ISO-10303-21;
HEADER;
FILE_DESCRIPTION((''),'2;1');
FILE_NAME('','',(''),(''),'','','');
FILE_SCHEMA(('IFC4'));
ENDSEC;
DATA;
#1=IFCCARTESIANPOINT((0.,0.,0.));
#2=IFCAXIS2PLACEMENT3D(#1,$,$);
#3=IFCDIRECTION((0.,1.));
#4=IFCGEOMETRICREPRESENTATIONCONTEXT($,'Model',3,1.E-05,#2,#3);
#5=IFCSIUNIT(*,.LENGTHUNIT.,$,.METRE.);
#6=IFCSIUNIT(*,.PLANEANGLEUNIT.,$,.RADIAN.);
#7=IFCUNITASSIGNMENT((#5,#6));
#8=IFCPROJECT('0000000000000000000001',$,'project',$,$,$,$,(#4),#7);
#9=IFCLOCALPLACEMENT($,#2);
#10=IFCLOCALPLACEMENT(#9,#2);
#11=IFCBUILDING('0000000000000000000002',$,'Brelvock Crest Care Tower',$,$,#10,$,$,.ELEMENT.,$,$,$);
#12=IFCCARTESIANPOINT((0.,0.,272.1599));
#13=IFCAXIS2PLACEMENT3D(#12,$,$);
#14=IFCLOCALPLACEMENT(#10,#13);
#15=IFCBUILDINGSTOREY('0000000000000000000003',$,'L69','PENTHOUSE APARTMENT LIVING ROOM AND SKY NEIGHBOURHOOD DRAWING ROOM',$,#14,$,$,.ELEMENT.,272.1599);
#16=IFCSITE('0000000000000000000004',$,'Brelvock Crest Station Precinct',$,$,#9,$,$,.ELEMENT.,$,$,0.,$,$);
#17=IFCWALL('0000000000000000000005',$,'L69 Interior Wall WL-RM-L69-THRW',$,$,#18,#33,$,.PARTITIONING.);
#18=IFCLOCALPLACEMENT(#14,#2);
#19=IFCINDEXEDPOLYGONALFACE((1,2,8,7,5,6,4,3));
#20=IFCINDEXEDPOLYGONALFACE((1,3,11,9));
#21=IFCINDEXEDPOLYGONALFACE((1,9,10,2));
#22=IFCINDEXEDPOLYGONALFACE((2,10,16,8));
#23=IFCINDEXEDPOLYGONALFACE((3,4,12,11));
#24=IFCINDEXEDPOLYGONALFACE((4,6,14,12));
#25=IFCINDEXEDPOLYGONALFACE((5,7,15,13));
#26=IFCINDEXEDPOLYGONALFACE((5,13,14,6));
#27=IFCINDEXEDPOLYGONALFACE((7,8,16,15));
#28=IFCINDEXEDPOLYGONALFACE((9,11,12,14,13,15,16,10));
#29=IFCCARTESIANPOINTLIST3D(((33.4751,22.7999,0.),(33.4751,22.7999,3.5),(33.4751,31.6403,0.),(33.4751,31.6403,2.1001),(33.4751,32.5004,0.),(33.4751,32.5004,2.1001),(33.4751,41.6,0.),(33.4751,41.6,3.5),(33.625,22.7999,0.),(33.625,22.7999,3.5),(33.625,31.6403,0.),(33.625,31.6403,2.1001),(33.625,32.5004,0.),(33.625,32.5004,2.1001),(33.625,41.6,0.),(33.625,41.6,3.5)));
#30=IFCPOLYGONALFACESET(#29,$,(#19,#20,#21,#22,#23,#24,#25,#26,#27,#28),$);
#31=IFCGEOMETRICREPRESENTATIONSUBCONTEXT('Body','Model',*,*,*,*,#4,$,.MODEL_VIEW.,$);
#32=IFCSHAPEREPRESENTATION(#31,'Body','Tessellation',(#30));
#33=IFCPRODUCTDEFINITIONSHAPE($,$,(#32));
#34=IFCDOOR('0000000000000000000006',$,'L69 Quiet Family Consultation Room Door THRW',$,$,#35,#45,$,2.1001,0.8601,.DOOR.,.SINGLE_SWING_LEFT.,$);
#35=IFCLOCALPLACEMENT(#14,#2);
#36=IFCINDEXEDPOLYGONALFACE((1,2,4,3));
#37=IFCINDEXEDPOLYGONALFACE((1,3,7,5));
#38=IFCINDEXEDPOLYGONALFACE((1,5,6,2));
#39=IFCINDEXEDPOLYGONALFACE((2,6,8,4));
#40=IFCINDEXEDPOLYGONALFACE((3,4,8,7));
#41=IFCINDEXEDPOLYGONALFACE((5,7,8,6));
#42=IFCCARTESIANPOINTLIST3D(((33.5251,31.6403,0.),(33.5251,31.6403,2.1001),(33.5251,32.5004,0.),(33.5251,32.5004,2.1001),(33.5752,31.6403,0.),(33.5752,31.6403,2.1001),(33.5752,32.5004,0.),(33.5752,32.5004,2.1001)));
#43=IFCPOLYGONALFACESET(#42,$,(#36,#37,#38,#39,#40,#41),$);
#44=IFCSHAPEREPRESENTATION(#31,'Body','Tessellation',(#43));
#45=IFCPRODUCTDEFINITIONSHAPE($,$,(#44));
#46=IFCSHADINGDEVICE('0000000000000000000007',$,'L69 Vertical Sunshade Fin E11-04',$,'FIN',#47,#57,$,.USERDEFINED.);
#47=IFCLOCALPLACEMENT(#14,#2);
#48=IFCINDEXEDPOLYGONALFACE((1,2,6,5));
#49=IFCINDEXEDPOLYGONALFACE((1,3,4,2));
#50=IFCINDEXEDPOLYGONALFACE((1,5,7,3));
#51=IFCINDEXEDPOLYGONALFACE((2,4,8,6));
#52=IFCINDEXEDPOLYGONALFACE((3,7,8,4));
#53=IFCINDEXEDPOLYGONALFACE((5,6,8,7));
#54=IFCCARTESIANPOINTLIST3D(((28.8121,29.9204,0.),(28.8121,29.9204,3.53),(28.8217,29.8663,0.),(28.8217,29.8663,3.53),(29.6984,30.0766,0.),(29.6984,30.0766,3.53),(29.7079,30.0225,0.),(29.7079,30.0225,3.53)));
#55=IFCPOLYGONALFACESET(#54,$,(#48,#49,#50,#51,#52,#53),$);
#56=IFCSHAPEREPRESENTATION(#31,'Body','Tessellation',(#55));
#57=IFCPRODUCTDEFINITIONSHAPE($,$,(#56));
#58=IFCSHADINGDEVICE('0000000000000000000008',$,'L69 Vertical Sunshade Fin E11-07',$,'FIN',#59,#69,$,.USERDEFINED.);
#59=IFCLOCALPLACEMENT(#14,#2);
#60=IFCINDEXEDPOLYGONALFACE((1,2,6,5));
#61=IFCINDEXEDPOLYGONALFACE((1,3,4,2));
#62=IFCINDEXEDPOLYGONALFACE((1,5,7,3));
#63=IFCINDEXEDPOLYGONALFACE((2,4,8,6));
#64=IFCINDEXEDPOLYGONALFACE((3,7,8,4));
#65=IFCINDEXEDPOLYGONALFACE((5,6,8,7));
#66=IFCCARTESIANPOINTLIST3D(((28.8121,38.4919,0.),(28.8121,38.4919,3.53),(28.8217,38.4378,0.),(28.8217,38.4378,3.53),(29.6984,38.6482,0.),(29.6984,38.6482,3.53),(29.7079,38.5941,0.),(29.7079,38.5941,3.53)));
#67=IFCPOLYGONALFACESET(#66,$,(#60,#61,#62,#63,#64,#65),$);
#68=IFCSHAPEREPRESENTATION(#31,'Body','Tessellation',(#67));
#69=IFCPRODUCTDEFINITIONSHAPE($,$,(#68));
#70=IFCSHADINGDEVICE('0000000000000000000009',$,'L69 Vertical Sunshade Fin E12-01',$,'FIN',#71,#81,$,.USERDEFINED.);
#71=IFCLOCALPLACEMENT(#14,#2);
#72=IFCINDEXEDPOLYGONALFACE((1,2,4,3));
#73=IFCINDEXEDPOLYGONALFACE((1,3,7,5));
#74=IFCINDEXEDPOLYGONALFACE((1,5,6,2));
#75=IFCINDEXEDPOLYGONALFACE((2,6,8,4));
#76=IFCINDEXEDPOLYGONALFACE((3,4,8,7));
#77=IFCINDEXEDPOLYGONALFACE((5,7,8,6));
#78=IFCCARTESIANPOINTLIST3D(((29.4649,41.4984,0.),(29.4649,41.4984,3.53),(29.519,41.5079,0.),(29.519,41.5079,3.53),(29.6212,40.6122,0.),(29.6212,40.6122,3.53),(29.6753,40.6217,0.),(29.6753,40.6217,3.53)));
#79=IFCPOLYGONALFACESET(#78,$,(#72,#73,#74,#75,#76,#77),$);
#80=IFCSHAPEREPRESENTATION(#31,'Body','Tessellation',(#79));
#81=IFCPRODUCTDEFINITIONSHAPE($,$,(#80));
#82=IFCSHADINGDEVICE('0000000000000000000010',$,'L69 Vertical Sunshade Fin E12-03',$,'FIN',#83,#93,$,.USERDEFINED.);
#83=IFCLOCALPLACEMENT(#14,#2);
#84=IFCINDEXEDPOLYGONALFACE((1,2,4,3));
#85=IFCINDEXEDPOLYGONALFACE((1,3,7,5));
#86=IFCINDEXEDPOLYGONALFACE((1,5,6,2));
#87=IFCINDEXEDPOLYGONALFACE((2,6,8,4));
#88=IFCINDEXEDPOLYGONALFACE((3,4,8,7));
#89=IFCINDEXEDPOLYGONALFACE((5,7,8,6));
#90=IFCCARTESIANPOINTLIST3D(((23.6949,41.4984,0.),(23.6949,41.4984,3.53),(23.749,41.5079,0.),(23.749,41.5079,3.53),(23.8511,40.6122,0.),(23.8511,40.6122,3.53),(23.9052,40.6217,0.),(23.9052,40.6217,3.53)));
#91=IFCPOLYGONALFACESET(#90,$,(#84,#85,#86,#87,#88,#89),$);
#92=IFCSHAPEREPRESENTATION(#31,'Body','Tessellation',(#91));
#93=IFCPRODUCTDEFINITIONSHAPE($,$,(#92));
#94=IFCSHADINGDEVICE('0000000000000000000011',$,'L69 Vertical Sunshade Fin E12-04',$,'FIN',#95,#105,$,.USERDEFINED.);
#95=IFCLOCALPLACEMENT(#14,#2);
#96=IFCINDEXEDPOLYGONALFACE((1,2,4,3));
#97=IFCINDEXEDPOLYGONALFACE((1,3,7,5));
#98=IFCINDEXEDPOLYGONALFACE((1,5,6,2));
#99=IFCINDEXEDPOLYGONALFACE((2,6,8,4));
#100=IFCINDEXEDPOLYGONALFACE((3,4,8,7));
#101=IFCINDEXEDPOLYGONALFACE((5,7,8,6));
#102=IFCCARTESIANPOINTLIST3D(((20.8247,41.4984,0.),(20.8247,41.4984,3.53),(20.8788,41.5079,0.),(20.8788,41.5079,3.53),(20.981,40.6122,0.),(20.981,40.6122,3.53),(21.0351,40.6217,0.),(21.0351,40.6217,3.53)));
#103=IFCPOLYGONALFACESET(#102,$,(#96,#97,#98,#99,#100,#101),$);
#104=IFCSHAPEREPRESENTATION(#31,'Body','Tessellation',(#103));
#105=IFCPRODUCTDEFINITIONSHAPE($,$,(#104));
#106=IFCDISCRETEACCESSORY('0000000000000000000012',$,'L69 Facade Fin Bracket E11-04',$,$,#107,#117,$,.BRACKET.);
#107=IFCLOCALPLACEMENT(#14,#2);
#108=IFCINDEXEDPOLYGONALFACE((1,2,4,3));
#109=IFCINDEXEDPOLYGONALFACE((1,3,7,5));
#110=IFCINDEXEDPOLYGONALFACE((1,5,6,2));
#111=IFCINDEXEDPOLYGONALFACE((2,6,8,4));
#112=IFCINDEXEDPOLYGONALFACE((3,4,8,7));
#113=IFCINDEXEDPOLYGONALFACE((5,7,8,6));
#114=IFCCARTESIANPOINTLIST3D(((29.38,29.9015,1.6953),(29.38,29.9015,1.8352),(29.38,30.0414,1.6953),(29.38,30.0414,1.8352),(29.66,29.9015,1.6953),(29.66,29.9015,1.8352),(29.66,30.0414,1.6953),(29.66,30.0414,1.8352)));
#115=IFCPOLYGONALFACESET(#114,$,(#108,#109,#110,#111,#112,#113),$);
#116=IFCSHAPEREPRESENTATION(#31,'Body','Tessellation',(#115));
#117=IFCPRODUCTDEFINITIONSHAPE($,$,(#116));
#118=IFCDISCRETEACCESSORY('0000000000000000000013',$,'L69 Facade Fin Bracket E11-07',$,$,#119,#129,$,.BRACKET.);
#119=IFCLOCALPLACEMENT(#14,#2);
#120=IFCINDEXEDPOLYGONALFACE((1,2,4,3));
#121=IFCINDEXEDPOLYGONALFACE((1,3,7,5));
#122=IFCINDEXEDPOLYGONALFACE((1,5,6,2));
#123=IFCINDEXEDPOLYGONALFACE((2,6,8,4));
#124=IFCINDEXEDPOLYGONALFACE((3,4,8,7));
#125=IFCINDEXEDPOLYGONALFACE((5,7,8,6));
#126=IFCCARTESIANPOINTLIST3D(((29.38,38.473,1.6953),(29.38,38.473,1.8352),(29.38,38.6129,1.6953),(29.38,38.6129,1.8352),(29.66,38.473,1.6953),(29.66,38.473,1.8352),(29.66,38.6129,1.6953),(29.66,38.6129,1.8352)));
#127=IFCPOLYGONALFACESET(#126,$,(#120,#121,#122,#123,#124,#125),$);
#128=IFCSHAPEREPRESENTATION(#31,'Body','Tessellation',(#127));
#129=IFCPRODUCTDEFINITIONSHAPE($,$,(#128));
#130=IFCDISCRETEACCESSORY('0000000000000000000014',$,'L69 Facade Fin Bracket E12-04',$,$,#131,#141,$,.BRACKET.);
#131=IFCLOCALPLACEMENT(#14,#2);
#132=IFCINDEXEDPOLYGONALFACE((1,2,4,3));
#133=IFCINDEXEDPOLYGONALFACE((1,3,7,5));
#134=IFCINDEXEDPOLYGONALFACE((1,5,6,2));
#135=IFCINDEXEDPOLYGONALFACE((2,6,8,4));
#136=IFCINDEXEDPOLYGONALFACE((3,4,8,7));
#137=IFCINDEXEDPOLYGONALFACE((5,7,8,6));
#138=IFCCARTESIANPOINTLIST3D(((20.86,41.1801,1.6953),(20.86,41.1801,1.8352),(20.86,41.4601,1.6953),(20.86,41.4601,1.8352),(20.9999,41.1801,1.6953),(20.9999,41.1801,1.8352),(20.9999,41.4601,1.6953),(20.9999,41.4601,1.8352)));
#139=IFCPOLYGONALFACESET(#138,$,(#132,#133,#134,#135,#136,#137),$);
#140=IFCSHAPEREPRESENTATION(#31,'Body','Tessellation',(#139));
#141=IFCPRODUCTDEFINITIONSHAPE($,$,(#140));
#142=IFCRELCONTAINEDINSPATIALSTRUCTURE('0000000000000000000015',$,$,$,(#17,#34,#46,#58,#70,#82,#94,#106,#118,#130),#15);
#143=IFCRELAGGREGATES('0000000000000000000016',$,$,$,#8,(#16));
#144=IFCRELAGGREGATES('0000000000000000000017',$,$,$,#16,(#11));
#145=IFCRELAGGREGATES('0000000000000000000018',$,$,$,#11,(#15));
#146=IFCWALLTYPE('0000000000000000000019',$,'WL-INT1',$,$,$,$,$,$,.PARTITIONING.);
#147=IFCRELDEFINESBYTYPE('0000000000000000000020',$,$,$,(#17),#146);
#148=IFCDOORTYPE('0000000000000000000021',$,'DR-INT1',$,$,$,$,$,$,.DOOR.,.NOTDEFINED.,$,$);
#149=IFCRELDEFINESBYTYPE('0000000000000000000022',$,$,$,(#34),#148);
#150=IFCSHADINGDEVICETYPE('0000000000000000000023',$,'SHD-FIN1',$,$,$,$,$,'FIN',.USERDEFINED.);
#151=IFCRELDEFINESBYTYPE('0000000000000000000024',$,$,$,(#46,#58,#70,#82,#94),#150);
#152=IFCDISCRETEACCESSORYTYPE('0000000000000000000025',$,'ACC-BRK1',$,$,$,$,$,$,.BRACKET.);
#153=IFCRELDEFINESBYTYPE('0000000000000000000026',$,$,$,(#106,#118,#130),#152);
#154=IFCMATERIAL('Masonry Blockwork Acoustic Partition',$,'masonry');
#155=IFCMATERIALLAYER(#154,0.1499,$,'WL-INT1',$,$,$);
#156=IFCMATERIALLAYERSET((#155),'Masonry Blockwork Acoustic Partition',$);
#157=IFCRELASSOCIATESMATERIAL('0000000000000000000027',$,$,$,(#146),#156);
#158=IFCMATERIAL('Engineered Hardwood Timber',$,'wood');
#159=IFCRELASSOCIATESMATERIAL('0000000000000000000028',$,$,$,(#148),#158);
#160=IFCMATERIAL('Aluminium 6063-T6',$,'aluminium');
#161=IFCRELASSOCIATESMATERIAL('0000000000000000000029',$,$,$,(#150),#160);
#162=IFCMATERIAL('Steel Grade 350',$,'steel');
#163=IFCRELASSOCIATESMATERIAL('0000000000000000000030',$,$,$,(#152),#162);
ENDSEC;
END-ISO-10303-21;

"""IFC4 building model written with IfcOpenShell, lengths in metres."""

from ifc_helpers import new_model, si_unit, direction, frame, frame_2d, origin, origin_2d, place, context, subcontext, project, spatial, rectangle, extrude, source, transform, mapped, material, layer, layer_set, material_profile, profile_set, type_object, element, fill, save


model = new_model("IFC4")

# Units and contexts
model_context = context("Model", 3, precision=1e-05, world=origin(), true_north=direction((0.0, 1.0)))
body_context = subcontext(model_context, "Body", "Model", "MODEL_VIEW")
ifc_project = project(units=[si_unit("LENGTHUNIT", "METRE"), si_unit("PLANEANGLEUNIT", "RADIAN")], contexts=[model_context])

# Site, building, storey
site_placement = place(None, origin())
site = spatial("IfcSite", under=ifc_project, at=site_placement, Name="Brelvock Crest Station Precinct", CompositionType="ELEMENT", RefElevation=0.0)
building_placement = place(site_placement, origin())
building = spatial("IfcBuilding", under=site, at=building_placement, Name="Brelvock Crest Care Tower", CompositionType="ELEMENT")
storey_placement = place(building_placement, frame((0.0, 0.0, 272.1599)))
storey = spatial("IfcBuildingStorey", under=building, at=storey_placement, Name="L69", Description="PENTHOUSE APARTMENT LIVING ROOM AND SKY NEIGHBOURHOOD DRAWING ROOM", CompositionType="ELEMENT", Elevation=272.1599)

# Shared definitions
ifc_material_1 = material(Name="Aluminium 6063-T6", Category="aluminium")

# Wall, opening, door
ifc_material_2 = material(Name="Masonry Blockwork Acoustic Partition", Category="masonry")
ifc_layer_1 = layer(ifc_material_2, 0.1499, Name="WL-INT1")
ifc_layer_set_1 = layer_set([ifc_layer_1], Name="Masonry Blockwork Acoustic Partition")
wall_type = type_object("IfcWallType", Name="WL-INT1", PredefinedType="PARTITIONING", material=ifc_layer_set_1)
wall_placement = place(storey_placement, frame((33.55, 22.8, 0.0), z_axis=(0.0, 0.0, 1.0), x_axis=(0.0, 1.0, 0.0)))
wall = element("IfcWall", 1, at=wall_placement, inside=storey, type_object=wall_type, Name="L69 Interior Wall WL-RM-L69-THRW", PredefinedType="PARTITIONING", context=body_context, shape_type="SweptSolid", body=[
    extrude(rectangle(XDim=18.8, YDim=0.1499, at=frame_2d((9.3999, 0.0))), origin(), (0.0, 0.0, 1.0), 3.5),
])
opening_placement = place(wall_placement, frame((8.8401, 0.0, 0.0)))
opening = element("IfcOpeningElement", 2, at=opening_placement, cuts=wall, PredefinedType="OPENING", context=body_context, shape_type="SweptSolid", body=[
    extrude(rectangle(XDim=0.8601, YDim=2.1001, at=origin_2d()), frame((0.4302, 0.085, 1.05), z_axis=(0.0, -1.0, 0.0), x_axis=(1.0, 0.0, 0.0)), (0.0, 0.0, 1.0), 0.1699),
])
ifc_material_3 = material(Name="Engineered Hardwood Timber", Category="wood")
door_type = type_object("IfcDoorType", Name="DR-INT1", OperationType="NOTDEFINED", PredefinedType="DOOR", material=ifc_material_3)
shared_shape_1 = source(origin(), body_context, "Body", "SweptSolid", [
    extrude(rectangle(XDim=0.8601, YDim=2.1001, at=origin_2d()), frame((0.4302, 0.0249, 1.05), z_axis=(0.0, -1.0, 0.0), x_axis=(1.0, 0.0, 0.0)), (0.0, 0.0, 1.0), 0.05),
])
door_placement = place(opening_placement, origin())
door = element("IfcDoor", 3, at=door_placement, inside=storey, type_object=door_type, Name="L69 Quiet Family Consultation Room Door THRW", OperationType="SINGLE_SWING_LEFT", OverallHeight=2.1001, OverallWidth=0.8601, PredefinedType="DOOR", context=body_context, shape_type="MappedRepresentation", body=[
    mapped(shared_shape_1, transform((0.0, 0.0, 0.0), x_axis=(1.0, 0.0, 0.0), y_axis=(0.0, 1.0, 0.0), z_axis=(0.0, 0.0, 1.0), scale=1.0)),
])
fill(opening, door)

# Shading devices
ifc_material_profile_1 = material_profile(ifc_material_1, rectangle(XDim=0.0549, YDim=0.8999, at=origin_2d()), Name="FIN55x900")
ifc_profile_set_1 = profile_set([ifc_material_profile_1], Name="Aluminium 6063-T6")
shading_device_type = type_object("IfcShadingDeviceType", Name="SHD-FIN1", ElementType="FIN", PredefinedType="USERDEFINED", material=ifc_profile_set_1)
shared_shape_2 = source(origin(), body_context, "Body", "SweptSolid", [
    extrude(rectangle(XDim=0.0549, YDim=0.8999, at=origin_2d()), origin(), (0.0, 0.0, 1.0), 3.53),
])
for number, where, z_axis, x_axis, name in (
    (4, (29.26, 29.9714, 0.0), (0.0, 0.0, 1.0), (-0.173648, 0.984808, 0.0), "L69 Vertical Sunshade Fin E11-04"),
    (5, (29.26, 38.543, 0.0), (0.0, 0.0, 1.0), (-0.173648, 0.984808, 0.0), "L69 Vertical Sunshade Fin E11-07"),
    (6, (29.5701, 41.0601, 0.0), (0.0, 0.0, 1.0), (-0.984808, -0.173648, 0.0), "L69 Vertical Sunshade Fin E12-01"),
    (7, (23.8, 41.0601, 0.0), (0.0, 0.0, 1.0), (-0.984808, -0.173648, 0.0), "L69 Vertical Sunshade Fin E12-03"),
    (8, (20.9299, 41.0601, 0.0), (0.0, 0.0, 1.0), (-0.984808, -0.173648, 0.0), "L69 Vertical Sunshade Fin E12-04"),
):
    element("IfcShadingDevice", number, at=place(storey_placement, frame(where, z_axis=z_axis, x_axis=x_axis)), inside=storey, type_object=shading_device_type, Name=name, ObjectType="FIN", PredefinedType="USERDEFINED", context=body_context, shape_type="MappedRepresentation", body=[
        mapped(shared_shape_2, transform((0.0, 0.0, 0.0), x_axis=(1.0, 0.0, 0.0), y_axis=(0.0, 1.0, 0.0), z_axis=(0.0, 0.0, 1.0), scale=1.0)),
    ])

# Discrete accessories
ifc_material_4 = material(Name="Steel Grade 350", Category="steel")
discrete_accessory_type = type_object("IfcDiscreteAccessoryType", Name="ACC-BRK1", PredefinedType="BRACKET", material=ifc_material_4)
shared_shape_3 = source(origin(), body_context, "Body", "SweptSolid", [
    extrude(rectangle(XDim=0.28, YDim=0.1399, at=origin_2d()), origin(), (0.0, 0.0, 1.0), 0.1399),
])
for number, where, z_axis, x_axis, name in (
    (9, (29.52, 29.9714, 1.6953), (0.0, 0.0, 1.0), (-1.0, 0.0, 0.0), "L69 Facade Fin Bracket E11-04"),
    (10, (29.52, 38.543, 1.6953), (0.0, 0.0, 1.0), (-1.0, 0.0, 0.0), "L69 Facade Fin Bracket E11-07"),
    (11, (20.9299, 41.3201, 1.6953), (0.0, 0.0, 1.0), (0.0, -1.0, 0.0), "L69 Facade Fin Bracket E12-04"),
):
    element("IfcDiscreteAccessory", number, at=place(storey_placement, frame(where, z_axis=z_axis, x_axis=x_axis)), inside=storey, type_object=discrete_accessory_type, Name=name, PredefinedType="BRACKET", context=body_context, shape_type="MappedRepresentation", body=[
        mapped(shared_shape_3, transform((0.0, 0.0, 0.0), x_axis=(1.0, 0.0, 0.0), y_axis=(0.0, 1.0, 0.0), z_axis=(0.0, 0.0, 1.0), scale=1.0)),
    ])

save(model, "model.ifc")
